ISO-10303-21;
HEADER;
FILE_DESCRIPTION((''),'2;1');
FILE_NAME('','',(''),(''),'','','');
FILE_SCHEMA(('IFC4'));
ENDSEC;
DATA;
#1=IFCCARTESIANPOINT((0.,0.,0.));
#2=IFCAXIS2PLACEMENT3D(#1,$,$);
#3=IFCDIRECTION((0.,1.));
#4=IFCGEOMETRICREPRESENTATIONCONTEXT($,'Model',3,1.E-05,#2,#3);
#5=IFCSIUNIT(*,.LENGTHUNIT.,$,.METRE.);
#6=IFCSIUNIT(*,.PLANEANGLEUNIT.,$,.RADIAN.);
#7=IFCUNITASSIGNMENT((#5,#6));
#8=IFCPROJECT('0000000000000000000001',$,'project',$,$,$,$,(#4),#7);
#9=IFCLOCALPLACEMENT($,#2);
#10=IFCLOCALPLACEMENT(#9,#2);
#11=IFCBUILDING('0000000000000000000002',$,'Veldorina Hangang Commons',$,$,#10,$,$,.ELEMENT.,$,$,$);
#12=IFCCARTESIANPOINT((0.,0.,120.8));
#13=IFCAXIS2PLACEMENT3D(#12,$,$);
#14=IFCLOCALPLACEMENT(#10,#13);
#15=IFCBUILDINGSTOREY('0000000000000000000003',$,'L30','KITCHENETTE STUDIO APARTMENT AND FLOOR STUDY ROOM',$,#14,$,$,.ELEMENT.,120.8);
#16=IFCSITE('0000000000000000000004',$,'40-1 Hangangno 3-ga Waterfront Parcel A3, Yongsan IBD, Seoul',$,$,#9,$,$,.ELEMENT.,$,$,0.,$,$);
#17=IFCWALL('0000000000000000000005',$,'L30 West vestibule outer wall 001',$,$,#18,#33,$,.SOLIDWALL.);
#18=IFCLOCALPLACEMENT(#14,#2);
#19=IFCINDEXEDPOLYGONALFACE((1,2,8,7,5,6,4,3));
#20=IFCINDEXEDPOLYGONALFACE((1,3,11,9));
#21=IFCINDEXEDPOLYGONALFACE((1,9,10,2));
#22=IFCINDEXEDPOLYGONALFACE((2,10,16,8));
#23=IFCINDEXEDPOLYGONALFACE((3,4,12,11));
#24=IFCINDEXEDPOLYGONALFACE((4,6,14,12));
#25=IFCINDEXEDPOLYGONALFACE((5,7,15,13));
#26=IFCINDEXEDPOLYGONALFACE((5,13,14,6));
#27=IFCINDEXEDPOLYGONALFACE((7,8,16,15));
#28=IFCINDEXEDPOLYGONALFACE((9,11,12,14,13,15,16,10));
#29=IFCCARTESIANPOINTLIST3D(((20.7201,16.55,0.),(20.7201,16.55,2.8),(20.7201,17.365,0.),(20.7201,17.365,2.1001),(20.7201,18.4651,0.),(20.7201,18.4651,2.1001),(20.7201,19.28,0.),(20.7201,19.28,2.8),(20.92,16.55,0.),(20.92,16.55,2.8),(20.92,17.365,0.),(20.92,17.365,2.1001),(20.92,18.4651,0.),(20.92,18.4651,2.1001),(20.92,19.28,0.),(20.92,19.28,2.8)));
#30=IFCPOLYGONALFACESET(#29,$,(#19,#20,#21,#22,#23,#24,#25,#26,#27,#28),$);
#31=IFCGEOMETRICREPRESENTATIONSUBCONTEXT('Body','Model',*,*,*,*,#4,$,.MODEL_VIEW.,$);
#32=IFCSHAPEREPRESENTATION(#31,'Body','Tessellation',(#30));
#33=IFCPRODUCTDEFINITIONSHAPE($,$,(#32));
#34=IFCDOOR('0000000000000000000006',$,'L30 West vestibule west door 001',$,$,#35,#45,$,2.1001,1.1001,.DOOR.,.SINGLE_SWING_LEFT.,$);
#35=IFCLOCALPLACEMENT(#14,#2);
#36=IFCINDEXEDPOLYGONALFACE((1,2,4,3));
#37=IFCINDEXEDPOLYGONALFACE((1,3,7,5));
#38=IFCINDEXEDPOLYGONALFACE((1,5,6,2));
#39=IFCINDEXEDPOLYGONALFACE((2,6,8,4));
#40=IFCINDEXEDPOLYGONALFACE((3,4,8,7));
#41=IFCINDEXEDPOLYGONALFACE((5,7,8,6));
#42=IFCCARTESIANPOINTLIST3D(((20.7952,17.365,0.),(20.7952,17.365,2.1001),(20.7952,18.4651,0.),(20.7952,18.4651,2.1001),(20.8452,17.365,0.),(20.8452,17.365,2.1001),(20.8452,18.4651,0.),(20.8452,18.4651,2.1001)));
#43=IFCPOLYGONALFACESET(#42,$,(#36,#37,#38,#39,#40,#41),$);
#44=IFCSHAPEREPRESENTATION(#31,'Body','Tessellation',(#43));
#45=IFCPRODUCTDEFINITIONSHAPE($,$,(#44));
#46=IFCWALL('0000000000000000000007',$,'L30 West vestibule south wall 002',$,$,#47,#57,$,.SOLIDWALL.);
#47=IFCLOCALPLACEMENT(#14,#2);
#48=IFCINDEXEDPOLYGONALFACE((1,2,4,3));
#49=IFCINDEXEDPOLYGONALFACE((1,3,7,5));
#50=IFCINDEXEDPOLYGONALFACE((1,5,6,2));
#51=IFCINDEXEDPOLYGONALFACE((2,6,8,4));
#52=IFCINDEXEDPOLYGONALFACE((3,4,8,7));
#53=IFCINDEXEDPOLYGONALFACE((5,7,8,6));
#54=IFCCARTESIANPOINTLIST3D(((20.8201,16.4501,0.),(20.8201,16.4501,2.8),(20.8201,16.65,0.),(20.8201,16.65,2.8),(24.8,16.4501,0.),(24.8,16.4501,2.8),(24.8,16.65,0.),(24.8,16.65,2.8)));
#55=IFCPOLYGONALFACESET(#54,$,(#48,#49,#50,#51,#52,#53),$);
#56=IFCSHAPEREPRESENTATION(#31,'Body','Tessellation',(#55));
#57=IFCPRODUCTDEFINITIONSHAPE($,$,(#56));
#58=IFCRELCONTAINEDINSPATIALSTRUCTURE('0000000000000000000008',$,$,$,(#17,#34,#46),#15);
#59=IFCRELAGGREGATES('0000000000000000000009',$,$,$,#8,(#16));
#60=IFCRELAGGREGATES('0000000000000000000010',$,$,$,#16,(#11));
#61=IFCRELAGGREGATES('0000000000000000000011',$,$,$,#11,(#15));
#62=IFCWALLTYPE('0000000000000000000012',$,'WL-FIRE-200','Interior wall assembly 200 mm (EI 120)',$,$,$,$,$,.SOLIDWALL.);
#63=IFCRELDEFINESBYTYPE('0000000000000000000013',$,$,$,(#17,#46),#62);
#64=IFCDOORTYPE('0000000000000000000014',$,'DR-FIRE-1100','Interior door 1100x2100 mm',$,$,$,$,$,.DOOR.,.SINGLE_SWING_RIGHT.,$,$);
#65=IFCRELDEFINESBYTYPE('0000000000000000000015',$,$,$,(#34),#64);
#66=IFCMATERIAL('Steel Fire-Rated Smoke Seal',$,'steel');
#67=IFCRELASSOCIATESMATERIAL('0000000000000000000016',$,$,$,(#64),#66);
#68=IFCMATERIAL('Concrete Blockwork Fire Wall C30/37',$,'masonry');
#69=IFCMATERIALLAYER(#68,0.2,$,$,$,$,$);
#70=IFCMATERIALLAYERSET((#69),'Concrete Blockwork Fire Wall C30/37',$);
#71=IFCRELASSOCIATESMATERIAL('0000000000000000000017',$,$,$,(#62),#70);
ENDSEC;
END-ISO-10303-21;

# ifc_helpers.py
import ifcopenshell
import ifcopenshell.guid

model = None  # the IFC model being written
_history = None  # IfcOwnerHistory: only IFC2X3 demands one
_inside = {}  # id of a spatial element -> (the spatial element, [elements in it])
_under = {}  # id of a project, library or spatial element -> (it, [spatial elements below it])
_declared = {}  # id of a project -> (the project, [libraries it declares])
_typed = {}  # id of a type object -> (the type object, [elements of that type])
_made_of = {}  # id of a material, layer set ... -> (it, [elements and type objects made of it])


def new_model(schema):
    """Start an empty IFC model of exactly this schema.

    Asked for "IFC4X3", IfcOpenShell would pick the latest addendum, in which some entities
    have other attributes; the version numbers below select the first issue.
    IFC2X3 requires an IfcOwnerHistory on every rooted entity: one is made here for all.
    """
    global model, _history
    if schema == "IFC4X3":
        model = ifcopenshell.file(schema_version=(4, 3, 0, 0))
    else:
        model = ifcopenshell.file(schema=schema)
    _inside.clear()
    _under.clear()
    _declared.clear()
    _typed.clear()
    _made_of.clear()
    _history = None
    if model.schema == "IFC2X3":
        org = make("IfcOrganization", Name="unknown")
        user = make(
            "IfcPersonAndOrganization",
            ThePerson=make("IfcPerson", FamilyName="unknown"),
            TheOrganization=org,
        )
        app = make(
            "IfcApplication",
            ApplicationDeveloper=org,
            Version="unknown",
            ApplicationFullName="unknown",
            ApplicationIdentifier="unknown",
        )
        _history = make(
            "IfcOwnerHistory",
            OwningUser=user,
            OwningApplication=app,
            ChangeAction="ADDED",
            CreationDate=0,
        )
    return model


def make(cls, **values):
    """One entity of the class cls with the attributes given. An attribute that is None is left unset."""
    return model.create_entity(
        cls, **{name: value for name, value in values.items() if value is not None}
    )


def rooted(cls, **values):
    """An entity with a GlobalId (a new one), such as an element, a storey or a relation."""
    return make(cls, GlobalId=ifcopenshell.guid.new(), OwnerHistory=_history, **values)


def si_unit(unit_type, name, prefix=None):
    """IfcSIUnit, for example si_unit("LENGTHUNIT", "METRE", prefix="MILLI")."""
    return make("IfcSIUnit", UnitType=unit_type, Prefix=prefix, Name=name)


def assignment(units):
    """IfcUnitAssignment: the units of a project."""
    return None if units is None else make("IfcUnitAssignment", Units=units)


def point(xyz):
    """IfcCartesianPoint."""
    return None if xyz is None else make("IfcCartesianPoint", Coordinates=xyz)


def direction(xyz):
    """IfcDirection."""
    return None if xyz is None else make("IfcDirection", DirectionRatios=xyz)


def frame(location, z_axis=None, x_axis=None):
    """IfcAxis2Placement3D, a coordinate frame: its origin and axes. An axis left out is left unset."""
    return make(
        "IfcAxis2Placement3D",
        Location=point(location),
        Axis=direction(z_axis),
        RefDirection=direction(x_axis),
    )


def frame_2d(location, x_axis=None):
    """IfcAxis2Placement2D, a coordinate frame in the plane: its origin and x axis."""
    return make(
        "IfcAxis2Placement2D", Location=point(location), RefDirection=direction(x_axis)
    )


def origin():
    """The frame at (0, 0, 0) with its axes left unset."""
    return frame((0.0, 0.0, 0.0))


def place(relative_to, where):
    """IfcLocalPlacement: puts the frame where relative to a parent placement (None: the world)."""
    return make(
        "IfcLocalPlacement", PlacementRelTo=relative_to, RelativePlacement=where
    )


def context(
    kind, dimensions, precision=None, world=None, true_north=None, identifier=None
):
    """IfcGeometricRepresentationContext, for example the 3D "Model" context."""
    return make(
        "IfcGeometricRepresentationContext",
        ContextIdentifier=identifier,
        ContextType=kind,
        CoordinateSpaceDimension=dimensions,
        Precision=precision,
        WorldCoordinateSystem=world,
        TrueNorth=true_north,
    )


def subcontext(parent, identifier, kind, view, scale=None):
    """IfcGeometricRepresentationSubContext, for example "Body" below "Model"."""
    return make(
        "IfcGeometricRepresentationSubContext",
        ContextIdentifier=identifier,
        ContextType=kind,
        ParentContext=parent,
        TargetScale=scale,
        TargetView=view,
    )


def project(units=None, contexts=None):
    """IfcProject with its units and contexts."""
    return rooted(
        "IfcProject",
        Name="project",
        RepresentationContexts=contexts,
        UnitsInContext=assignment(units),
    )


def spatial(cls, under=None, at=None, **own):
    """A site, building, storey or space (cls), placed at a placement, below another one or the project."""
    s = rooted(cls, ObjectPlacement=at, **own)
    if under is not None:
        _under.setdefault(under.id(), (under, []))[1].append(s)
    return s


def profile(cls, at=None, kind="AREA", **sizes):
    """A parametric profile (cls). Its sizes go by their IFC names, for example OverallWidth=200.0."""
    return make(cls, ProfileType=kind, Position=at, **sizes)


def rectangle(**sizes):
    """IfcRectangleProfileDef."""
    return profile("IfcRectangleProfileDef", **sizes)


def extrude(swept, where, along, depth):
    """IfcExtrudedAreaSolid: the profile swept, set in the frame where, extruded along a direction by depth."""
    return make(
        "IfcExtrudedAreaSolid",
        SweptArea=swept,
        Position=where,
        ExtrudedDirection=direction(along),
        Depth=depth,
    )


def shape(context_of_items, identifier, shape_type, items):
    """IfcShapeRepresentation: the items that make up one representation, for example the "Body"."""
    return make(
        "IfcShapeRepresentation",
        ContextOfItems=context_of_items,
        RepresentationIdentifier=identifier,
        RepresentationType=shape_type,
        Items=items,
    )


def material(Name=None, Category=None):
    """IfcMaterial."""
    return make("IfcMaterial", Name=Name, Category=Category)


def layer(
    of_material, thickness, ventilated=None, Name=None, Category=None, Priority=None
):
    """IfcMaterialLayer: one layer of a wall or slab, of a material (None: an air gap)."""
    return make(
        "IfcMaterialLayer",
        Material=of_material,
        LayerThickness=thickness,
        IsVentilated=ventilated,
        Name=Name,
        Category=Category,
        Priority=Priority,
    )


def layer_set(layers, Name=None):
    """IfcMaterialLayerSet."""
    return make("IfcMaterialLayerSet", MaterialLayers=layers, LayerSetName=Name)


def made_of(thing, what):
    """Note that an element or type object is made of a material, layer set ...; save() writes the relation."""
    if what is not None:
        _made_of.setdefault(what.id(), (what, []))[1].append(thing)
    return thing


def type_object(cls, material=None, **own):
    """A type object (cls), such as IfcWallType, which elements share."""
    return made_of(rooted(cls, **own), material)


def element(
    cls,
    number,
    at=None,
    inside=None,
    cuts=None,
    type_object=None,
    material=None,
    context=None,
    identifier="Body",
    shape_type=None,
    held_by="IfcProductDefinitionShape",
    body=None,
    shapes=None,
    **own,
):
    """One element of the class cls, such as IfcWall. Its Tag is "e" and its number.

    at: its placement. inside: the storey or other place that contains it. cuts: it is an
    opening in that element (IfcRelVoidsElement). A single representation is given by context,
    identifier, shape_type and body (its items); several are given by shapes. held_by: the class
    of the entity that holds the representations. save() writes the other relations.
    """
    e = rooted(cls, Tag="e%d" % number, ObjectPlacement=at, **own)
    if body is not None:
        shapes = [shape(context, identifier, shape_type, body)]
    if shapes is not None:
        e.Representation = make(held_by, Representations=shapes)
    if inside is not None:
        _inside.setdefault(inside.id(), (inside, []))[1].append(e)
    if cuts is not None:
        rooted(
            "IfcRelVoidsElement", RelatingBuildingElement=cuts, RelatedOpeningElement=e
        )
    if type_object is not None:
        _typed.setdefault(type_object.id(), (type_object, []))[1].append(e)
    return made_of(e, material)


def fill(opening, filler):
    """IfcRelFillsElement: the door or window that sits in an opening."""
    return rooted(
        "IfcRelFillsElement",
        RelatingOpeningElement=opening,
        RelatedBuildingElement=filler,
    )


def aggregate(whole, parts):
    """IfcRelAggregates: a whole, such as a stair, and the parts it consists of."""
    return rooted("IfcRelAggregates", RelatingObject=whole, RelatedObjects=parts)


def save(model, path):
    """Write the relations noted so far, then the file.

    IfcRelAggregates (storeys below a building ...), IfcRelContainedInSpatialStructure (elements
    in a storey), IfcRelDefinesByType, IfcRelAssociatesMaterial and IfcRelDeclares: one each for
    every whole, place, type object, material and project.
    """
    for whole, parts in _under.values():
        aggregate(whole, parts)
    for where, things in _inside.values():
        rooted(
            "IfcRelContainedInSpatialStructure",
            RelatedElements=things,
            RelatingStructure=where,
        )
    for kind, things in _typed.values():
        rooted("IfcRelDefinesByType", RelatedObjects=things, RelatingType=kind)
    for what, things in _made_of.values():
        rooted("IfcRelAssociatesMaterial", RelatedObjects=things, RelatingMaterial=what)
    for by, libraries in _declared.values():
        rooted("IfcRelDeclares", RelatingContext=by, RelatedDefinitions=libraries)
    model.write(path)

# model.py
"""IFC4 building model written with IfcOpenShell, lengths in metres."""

from ifc_helpers import new_model, si_unit, direction, frame, frame_2d, origin, place, context, subcontext, project, spatial, rectangle, extrude, material, layer, layer_set, type_object, element, fill, save


model = new_model("IFC4")

# Units and contexts
model_context = context("Model", 3, precision=1e-05, world=origin(), true_north=direction((0.0, 1.0)))
body_context = subcontext(model_context, "Body", "Model", "MODEL_VIEW")
ifc_project = project(units=[si_unit("LENGTHUNIT", "METRE"), si_unit("PLANEANGLEUNIT", "RADIAN")], contexts=[model_context])

# Site, building, storey
site_placement = place(None, origin())
site = spatial("IfcSite", under=ifc_project, at=site_placement, Name="40-1 Hangangno 3-ga Waterfront Parcel A3, Yongsan IBD, Seoul", CompositionType="ELEMENT", RefElevation=0.0)
building_placement = place(site_placement, origin())
building = spatial("IfcBuilding", under=site, at=building_placement, Name="Veldorina Hangang Commons", CompositionType="ELEMENT")
storey_placement = place(building_placement, frame((0.0, 0.0, 120.8)))
storey = spatial("IfcBuildingStorey", under=building, at=storey_placement, Name="L30", Description="KITCHENETTE STUDIO APARTMENT AND FLOOR STUDY ROOM", CompositionType="ELEMENT", Elevation=120.8)

# Shared definitions
ifc_material_1 = material(Name="Steel Fire-Rated Smoke Seal", Category="steel")
door_type_1 = type_object("IfcDoorType", Name="DR-FIRE-1100", Description="Interior door 1100x2100 mm", OperationType="SINGLE_SWING_RIGHT", PredefinedType="DOOR", material=ifc_material_1)

# Wall, opening, door
ifc_material_2 = material(Name="Concrete Blockwork Fire Wall C30/37", Category="masonry")
ifc_layer_1 = layer(ifc_material_2, 0.2)
ifc_layer_set_1 = layer_set([ifc_layer_1], Name="Concrete Blockwork Fire Wall C30/37")
wall_type_1 = type_object("IfcWallType", Name="WL-FIRE-200", Description="Interior wall assembly 200 mm (EI 120)", PredefinedType="SOLIDWALL", material=ifc_layer_set_1)
wall_1_placement = place(storey_placement, frame((20.8201, 16.55, 0.0), z_axis=(0.0, 0.0, 1.0), x_axis=(0.0, 1.0, 0.0)))
wall_1 = element("IfcWall", 1, at=wall_1_placement, inside=storey, type_object=wall_type_1, Name="L30 West vestibule outer wall 001", PredefinedType="SOLIDWALL", context=body_context, shape_type="SweptSolid", body=[
    extrude(rectangle(XDim=2.73, YDim=0.2, at=frame_2d((1.365, 0.0))), origin(), (0.0, 0.0, 1.0), 2.8),
])
opening_1_placement = place(wall_1_placement, frame((0.8149, 0.0, 0.0)))
opening_1 = element("IfcOpeningElement", 2, at=opening_1_placement, cuts=wall_1, PredefinedType="OPENING", context=body_context, shape_type="SweptSolid", body=[
    extrude(rectangle(XDim=1.1001, YDim=2.1001, at=frame_2d((0.55, 1.05))), frame((0.0, 0.1099, 0.0), z_axis=(0.0, -1.0, 0.0), x_axis=(1.0, 0.0, 0.0)), (0.0, 0.0, 1.0), 0.22),
])
door_1_placement = place(opening_1_placement, origin())
door_1 = element("IfcDoor", 3, at=door_1_placement, inside=storey, type_object=door_type_1, Name="L30 West vestibule west door 001", OperationType="SINGLE_SWING_LEFT", OverallHeight=2.1001, OverallWidth=1.1001, PredefinedType="DOOR", context=body_context, shape_type="SweptSolid", body=[
    extrude(rectangle(XDim=1.1001, YDim=2.1001, at=frame_2d((0.55, 1.05))), frame((0.0, 0.0249, 0.0), z_axis=(0.0, -1.0, 0.0), x_axis=(1.0, 0.0, 0.0)), (0.0, 0.0, 1.0), 0.05),
])
fill(opening_1, door_1)

# Wall
wall_2_placement = place(storey_placement, frame((20.8201, 16.55, 0.0), z_axis=(0.0, 0.0, 1.0), x_axis=(1.0, 0.0, 0.0)))
element("IfcWall", 4, at=wall_2_placement, inside=storey, type_object=wall_type_1, Name="L30 West vestibule south wall 002", PredefinedType="SOLIDWALL", context=body_context, shape_type="SweptSolid", body=[
    extrude(rectangle(XDim=3.98, YDim=0.2, at=frame_2d((1.99, 0.0))), origin(), (0.0, 0.0, 1.0), 2.8),
])

save(model, "model.ifc")
